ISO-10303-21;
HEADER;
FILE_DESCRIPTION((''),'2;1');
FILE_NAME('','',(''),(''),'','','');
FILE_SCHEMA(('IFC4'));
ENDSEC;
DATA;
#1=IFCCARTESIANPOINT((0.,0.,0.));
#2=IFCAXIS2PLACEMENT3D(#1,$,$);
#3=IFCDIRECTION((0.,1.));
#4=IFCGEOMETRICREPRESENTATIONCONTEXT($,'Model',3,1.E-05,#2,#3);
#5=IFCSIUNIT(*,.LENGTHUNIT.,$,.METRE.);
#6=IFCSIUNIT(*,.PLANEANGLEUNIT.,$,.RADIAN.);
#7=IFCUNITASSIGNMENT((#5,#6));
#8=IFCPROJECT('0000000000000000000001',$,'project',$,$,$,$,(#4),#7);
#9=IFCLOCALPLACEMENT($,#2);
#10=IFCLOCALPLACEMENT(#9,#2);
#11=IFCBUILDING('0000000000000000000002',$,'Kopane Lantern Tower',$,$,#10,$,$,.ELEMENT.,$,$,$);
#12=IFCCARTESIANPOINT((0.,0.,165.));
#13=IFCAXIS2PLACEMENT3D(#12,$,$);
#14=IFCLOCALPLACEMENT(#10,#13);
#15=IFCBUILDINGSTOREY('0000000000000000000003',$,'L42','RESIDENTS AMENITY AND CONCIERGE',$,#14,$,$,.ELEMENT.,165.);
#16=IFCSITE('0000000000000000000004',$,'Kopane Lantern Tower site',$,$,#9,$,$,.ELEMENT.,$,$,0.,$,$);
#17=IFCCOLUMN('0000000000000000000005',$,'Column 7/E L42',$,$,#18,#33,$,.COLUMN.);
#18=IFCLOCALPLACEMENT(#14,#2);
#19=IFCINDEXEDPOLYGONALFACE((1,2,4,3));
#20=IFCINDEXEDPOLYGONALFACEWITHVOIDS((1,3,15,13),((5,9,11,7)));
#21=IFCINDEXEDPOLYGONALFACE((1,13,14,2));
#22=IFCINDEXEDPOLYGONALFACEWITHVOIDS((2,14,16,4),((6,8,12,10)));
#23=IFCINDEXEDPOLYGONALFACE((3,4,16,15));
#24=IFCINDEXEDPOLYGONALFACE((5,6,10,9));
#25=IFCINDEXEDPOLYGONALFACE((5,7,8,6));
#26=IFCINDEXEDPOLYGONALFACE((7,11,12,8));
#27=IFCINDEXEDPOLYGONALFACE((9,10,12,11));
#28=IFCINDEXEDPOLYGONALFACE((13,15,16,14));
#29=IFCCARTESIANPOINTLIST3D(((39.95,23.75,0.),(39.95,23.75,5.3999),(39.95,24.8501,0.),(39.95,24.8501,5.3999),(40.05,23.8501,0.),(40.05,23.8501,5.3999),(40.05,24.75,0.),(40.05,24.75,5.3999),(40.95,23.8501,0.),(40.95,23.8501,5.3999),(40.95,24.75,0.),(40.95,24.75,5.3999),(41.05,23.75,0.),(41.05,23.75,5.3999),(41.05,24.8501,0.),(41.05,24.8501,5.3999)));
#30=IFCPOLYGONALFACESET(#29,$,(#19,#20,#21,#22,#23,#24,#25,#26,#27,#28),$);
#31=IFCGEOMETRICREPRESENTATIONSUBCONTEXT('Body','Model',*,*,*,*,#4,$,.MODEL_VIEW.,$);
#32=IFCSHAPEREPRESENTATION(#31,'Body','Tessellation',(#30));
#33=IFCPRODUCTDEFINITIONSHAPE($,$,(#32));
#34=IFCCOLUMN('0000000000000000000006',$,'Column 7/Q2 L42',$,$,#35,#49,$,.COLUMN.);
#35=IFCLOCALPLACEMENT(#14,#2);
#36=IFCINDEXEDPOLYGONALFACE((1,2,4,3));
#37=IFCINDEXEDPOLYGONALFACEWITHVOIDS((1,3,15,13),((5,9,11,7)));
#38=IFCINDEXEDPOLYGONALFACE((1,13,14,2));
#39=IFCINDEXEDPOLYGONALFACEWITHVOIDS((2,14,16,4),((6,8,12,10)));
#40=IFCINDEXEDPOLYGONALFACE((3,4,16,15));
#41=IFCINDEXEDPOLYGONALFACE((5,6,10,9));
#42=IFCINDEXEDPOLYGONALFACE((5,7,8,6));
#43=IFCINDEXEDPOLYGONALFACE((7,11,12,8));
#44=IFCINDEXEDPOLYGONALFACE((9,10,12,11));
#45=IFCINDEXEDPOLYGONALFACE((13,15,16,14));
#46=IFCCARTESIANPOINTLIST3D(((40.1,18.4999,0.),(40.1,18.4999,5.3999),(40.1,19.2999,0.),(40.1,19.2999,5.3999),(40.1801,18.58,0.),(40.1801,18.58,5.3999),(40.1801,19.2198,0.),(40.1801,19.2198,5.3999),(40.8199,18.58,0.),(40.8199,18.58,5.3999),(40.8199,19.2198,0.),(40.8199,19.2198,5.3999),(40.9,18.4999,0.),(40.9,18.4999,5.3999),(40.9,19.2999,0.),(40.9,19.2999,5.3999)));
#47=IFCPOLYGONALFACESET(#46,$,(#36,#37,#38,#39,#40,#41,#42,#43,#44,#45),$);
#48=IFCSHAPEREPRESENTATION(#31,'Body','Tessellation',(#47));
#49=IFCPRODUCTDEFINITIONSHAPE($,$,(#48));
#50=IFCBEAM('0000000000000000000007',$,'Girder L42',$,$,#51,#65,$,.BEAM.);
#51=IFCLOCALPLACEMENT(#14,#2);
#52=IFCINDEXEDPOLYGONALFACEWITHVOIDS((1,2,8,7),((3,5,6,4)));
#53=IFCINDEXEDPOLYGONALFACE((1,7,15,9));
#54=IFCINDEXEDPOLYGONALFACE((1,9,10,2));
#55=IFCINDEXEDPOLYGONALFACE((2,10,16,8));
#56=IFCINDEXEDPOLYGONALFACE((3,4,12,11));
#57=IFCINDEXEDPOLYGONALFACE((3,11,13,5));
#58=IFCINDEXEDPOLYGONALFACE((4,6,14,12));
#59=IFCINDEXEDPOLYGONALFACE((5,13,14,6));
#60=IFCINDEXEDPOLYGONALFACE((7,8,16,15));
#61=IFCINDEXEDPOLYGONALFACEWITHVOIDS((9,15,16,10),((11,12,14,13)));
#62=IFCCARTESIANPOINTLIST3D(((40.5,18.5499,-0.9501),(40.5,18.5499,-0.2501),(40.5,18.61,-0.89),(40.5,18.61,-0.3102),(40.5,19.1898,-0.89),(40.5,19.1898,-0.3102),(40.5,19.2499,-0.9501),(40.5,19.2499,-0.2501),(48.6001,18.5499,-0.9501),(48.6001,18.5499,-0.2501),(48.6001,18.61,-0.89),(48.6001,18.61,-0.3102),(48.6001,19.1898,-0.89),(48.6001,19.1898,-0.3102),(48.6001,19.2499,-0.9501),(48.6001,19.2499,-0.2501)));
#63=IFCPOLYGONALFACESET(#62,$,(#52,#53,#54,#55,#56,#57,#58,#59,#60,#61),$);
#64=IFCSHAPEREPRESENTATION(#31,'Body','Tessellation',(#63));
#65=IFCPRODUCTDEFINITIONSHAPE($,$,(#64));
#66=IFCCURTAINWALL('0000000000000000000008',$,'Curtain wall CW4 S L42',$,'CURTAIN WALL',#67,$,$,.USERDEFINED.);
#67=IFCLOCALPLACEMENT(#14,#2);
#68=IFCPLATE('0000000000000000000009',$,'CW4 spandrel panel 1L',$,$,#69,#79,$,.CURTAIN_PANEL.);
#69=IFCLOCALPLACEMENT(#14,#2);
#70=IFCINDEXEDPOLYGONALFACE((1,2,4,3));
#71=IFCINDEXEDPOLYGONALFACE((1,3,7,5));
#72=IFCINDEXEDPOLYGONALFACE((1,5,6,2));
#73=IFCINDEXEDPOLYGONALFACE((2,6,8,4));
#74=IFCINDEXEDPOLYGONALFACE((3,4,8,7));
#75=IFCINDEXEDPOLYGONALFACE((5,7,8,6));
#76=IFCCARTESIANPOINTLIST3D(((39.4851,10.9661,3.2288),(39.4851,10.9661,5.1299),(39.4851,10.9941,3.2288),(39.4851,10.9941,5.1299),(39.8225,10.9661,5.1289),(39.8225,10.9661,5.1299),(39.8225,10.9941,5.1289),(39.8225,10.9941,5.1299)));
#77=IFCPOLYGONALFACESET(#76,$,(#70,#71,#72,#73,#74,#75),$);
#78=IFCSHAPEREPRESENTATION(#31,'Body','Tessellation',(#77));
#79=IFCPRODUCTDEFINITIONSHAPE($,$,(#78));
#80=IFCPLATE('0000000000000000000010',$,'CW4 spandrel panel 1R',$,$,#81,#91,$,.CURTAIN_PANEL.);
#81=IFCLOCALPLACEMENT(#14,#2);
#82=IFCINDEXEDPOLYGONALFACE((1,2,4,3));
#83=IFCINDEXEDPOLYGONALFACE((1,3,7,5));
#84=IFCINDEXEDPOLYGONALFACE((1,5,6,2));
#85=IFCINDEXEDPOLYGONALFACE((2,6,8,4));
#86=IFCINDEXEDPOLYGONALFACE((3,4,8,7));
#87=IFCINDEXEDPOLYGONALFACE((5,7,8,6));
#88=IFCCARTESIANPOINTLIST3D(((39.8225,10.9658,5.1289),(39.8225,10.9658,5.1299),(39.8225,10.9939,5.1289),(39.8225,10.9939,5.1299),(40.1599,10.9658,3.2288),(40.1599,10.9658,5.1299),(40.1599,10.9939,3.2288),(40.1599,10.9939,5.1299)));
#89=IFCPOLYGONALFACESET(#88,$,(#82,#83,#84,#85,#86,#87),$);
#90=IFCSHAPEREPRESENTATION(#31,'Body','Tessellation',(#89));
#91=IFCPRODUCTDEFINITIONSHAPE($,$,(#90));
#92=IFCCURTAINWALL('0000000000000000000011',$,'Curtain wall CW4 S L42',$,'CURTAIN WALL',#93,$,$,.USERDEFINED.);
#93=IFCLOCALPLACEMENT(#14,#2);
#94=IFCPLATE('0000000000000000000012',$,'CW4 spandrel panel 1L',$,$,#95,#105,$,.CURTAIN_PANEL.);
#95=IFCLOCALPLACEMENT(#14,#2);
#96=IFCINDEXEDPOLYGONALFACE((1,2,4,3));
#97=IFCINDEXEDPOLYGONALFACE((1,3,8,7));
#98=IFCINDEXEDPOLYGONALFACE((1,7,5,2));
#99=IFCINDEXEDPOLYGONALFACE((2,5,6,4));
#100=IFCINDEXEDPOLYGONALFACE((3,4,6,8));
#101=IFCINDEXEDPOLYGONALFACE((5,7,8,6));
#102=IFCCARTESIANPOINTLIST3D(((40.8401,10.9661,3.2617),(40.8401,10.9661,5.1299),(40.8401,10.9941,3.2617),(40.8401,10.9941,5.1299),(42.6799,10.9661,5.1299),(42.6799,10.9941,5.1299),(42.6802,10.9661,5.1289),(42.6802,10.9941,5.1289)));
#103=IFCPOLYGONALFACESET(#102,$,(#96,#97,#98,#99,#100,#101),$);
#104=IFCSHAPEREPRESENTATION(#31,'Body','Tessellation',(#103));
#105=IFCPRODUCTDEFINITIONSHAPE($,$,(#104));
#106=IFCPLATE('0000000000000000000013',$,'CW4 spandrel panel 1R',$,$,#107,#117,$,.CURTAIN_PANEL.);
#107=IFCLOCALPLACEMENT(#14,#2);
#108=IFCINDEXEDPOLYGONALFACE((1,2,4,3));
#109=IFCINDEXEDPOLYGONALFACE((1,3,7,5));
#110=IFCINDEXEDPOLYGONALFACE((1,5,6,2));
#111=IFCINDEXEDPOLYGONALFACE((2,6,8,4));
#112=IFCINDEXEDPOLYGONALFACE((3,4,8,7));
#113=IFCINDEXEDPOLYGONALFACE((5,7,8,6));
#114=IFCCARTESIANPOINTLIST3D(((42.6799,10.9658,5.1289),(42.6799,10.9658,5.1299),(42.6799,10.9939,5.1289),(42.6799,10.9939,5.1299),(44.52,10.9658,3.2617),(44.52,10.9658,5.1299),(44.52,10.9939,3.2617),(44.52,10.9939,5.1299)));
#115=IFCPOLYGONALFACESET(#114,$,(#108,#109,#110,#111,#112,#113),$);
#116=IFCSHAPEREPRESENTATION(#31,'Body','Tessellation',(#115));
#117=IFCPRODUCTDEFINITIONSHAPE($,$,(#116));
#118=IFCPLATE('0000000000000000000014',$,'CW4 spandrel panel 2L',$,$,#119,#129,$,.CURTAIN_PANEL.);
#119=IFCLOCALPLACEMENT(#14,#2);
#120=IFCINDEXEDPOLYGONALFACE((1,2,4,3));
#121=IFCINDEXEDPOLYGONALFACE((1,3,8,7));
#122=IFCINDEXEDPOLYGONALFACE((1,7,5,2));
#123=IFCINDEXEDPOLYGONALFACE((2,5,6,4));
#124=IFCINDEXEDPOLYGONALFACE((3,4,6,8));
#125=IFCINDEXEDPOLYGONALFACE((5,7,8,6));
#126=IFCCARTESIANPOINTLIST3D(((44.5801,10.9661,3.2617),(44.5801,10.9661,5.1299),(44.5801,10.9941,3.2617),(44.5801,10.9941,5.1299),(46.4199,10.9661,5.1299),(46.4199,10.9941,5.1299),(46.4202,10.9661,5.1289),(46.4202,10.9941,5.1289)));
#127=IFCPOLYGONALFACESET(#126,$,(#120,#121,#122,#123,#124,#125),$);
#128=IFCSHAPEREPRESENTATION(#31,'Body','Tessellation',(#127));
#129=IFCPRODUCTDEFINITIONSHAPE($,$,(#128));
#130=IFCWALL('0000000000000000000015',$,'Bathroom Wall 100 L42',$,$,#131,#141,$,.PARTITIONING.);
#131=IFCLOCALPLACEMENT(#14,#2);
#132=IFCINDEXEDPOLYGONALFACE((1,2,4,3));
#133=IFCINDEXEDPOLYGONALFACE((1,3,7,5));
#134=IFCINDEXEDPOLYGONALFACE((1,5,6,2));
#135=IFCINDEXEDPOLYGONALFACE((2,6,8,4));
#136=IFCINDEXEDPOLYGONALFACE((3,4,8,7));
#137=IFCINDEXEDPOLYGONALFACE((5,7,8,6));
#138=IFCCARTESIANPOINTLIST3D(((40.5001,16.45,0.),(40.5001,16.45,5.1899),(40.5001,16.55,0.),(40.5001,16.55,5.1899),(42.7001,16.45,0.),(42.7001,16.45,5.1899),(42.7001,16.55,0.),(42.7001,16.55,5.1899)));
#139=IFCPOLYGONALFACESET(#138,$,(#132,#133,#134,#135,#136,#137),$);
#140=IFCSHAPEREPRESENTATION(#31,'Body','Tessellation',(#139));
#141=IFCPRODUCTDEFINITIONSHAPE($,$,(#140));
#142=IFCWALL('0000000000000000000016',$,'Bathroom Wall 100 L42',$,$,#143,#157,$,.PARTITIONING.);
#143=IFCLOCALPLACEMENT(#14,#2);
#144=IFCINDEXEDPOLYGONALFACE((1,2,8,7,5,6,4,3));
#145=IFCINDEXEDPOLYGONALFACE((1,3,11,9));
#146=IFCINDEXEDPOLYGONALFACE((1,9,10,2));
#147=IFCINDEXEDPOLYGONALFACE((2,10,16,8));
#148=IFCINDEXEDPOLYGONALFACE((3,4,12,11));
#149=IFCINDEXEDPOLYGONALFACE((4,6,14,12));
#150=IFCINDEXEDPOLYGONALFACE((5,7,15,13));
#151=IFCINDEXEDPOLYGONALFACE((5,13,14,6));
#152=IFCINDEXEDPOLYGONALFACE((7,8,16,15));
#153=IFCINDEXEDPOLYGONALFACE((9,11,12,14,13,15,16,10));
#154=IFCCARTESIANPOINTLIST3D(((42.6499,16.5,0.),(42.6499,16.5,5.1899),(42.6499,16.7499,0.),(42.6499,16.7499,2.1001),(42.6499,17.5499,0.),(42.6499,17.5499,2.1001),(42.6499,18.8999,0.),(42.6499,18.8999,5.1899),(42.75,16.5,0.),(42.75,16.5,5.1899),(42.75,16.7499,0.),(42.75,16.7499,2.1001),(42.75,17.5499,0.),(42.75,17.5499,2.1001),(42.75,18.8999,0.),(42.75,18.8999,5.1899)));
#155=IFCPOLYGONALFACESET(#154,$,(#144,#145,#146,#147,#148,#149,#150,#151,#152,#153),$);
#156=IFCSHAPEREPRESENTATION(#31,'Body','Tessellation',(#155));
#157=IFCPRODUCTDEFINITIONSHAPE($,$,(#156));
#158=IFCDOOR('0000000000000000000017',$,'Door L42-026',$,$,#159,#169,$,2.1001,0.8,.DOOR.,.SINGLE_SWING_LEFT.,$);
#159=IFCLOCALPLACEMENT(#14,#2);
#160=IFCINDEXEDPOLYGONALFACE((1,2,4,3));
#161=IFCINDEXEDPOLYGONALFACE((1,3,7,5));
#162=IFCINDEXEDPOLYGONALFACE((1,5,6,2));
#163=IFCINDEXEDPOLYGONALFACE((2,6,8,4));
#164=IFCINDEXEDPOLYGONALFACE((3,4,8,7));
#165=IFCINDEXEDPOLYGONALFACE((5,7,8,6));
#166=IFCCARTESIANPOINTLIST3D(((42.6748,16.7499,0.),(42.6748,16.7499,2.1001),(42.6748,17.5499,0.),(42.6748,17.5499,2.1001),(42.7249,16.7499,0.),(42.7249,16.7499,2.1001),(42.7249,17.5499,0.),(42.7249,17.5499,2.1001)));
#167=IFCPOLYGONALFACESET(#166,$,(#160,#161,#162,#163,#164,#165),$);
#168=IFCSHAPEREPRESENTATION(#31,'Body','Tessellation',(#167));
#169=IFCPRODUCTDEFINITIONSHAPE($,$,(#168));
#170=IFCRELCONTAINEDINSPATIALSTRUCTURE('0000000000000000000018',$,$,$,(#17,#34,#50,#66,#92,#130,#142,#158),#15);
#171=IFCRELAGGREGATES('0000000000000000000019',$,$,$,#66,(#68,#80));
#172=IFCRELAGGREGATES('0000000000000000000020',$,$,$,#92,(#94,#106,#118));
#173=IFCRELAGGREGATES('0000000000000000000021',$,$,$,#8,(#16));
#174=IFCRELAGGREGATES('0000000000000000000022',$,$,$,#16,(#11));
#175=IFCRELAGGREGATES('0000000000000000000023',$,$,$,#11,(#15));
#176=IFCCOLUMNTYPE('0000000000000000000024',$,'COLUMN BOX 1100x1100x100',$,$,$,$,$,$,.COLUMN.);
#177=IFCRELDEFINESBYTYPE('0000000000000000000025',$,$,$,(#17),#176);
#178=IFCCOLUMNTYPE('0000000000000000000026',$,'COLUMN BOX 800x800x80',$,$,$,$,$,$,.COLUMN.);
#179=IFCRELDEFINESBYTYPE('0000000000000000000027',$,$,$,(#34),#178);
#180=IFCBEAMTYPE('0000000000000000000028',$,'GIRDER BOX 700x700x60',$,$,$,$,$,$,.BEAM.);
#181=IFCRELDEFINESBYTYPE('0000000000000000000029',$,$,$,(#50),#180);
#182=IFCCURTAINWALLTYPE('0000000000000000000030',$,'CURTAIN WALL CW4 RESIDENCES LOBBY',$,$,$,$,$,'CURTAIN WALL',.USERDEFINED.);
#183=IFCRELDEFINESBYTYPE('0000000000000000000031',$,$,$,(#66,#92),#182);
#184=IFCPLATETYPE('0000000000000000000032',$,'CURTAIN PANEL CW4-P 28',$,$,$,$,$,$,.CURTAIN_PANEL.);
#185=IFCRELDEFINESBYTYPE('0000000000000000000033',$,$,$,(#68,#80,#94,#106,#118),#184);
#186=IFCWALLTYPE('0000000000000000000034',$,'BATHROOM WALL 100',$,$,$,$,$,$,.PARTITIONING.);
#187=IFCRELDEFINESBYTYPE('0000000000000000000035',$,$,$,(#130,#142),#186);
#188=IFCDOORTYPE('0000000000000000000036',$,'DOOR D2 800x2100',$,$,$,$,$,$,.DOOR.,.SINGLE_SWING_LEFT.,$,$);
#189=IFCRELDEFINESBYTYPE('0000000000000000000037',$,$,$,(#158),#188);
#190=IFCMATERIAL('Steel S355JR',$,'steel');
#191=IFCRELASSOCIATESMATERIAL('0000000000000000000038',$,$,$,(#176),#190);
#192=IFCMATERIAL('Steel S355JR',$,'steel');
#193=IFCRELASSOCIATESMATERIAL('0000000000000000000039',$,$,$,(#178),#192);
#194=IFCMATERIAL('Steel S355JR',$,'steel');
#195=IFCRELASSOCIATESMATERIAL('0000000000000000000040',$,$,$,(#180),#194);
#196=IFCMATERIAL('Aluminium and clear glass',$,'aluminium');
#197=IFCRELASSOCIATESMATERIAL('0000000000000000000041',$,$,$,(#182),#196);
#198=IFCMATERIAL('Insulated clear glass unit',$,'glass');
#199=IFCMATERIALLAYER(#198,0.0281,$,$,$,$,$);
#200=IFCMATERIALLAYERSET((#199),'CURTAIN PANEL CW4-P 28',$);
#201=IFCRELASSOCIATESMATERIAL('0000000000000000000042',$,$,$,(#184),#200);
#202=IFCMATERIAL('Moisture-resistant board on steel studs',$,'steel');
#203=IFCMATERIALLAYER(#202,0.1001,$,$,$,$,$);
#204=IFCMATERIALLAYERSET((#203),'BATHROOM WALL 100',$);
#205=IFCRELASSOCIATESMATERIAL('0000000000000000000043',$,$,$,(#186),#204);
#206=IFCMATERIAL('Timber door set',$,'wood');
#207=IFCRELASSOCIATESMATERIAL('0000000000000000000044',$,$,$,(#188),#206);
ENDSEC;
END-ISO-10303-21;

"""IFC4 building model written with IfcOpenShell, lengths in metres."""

from ifc_helpers import new_model, si_unit, direction, frame, frame_2d, origin, origin_2d, place, context, subcontext, project, spatial, polyline, rectangle, hollow_rectangle, outline, extrude, material, layer, layer_set, material_profile, profile_set, type_object, element, fill, aggregate, save


model = new_model("IFC4")

# Units and contexts
model_context = context("Model", 3, precision=1e-05, world=origin(), true_north=direction((0.0, 1.0)))
body_context = subcontext(model_context, "Body", "Model", "MODEL_VIEW")
ifc_project = project(units=[si_unit("LENGTHUNIT", "METRE"), si_unit("PLANEANGLEUNIT", "RADIAN")], contexts=[model_context])

# Site, building, storey
site_placement = place(None, origin())
site = spatial("IfcSite", under=ifc_project, at=site_placement, Name="Kopane Lantern Tower site", CompositionType="ELEMENT", RefElevation=0.0)
building_placement = place(site_placement, origin())
building = spatial("IfcBuilding", under=site, at=building_placement, Name="Kopane Lantern Tower", CompositionType="ELEMENT")
storey_placement = place(building_placement, frame((0.0, 0.0, 165.0)))
storey = spatial("IfcBuildingStorey", under=building, at=storey_placement, Name="L42", Description="RESIDENTS AMENITY AND CONCIERGE", CompositionType="ELEMENT", Elevation=165.0)

# Columns
ifc_material_1 = material(Name="Steel S355JR", Category="steel")
ifc_material_profile_1 = material_profile(ifc_material_1, hollow_rectangle(XDim=1.1001, YDim=1.1001, WallThickness=0.1001, at=origin_2d()), Name="BOX 1100x1100x100")
ifc_profile_set_1 = profile_set([ifc_material_profile_1], Name="Steel S355JR")
column_type_1 = type_object("IfcColumnType", Name="COLUMN BOX 1100x1100x100", PredefinedType="COLUMN", material=ifc_profile_set_1)
column_1_placement = place(storey_placement, frame((40.5, 24.3, 0.0), z_axis=(0.0, 0.0, 1.0), x_axis=(1.0, 0.0, 0.0)))
element("IfcColumn", 1, at=column_1_placement, inside=storey, type_object=column_type_1, Name="Column 7/E L42", PredefinedType="COLUMN", context=body_context, shape_type="SweptSolid", body=[
    extrude(hollow_rectangle(XDim=1.1001, YDim=1.1001, WallThickness=0.1001, at=origin_2d()), origin(), (0.0, 0.0, 1.0), 5.3999),
])
ifc_material_2 = material(Name="Steel S355JR", Category="steel")
ifc_material_profile_2 = material_profile(ifc_material_2, hollow_rectangle(XDim=0.8, YDim=0.8, WallThickness=0.0801, at=origin_2d()), Name="BOX 800x800x80")
ifc_profile_set_2 = profile_set([ifc_material_profile_2], Name="Steel S355JR")
column_type_2 = type_object("IfcColumnType", Name="COLUMN BOX 800x800x80", PredefinedType="COLUMN", material=ifc_profile_set_2)
column_2_placement = place(storey_placement, frame((40.5, 18.8999, 0.0), z_axis=(0.0, 0.0, 1.0), x_axis=(1.0, 0.0, 0.0)))
element("IfcColumn", 2, at=column_2_placement, inside=storey, type_object=column_type_2, Name="Column 7/Q2 L42", PredefinedType="COLUMN", context=body_context, shape_type="SweptSolid", body=[
    extrude(hollow_rectangle(XDim=0.8, YDim=0.8, WallThickness=0.0801, at=origin_2d()), origin(), (0.0, 0.0, 1.0), 5.3999),
])

# Beam
ifc_material_3 = material(Name="Steel S355JR", Category="steel")
ifc_material_profile_3 = material_profile(ifc_material_3, hollow_rectangle(XDim=0.7, YDim=0.7, WallThickness=0.0601, at=origin_2d()), Name="BOX 700x700x60")
ifc_profile_set_3 = profile_set([ifc_material_profile_3], Name="Steel S355JR")
beam_type = type_object("IfcBeamType", Name="GIRDER BOX 700x700x60", PredefinedType="BEAM", material=ifc_profile_set_3)
beam_placement = place(storey_placement, frame((40.5, 18.8999, -0.6001), z_axis=(1.0, 0.0, 0.0), x_axis=(0.0, 1.0, 0.0)))
element("IfcBeam", 3, at=beam_placement, inside=storey, type_object=beam_type, Name="Girder L42", PredefinedType="BEAM", context=body_context, shape_type="SweptSolid", body=[
    extrude(hollow_rectangle(XDim=0.7, YDim=0.7, WallThickness=0.0601, at=origin_2d()), origin(), (0.0, 0.0, 1.0), 8.1001),
])

# Curtain walls, plates
ifc_material_4 = material(Name="Aluminium and clear glass", Category="aluminium")
curtain_wall_type = type_object("IfcCurtainWallType", Name="CURTAIN WALL CW4 RESIDENCES LOBBY", ElementType="CURTAIN WALL", PredefinedType="USERDEFINED", material=ifc_material_4)
curtain_wall_1_placement = place(storey_placement, origin())
curtain_wall_1 = element("IfcCurtainWall", 4, at=curtain_wall_1_placement, inside=storey, type_object=curtain_wall_type, Name="Curtain wall CW4 S L42", ObjectType="CURTAIN WALL", PredefinedType="USERDEFINED")
ifc_material_5 = material(Name="Insulated clear glass unit", Category="glass")
ifc_layer_1 = layer(ifc_material_5, 0.0281)
ifc_layer_set_1 = layer_set([ifc_layer_1], Name="CURTAIN PANEL CW4-P 28")
plate_type = type_object("IfcPlateType", Name="CURTAIN PANEL CW4-P 28", PredefinedType="CURTAIN_PANEL", material=ifc_layer_set_1)
plate_1_placement = place(storey_placement, frame((39.4851, 10.98, 5.1299), z_axis=(0.0, 0.0, 1.0), x_axis=(1.0, 0.0, 0.0)))
plate_1 = element("IfcPlate", 5, at=plate_1_placement, type_object=plate_type, Name="CW4 spandrel panel 1L", PredefinedType="CURTAIN_PANEL", context=body_context, shape_type="SweptSolid", body=[
    extrude(outline(polyline([(0.0, 0.0), (0.3374, 0.0), (0.3374, -0.001), (0.0, -1.9011), (0.0, 0.0)])), frame((0.0, 0.0142, 0.0), z_axis=(0.0, -1.0, 0.0), x_axis=(1.0, 0.0, 0.0)), (0.0, 0.0, 1.0), 0.0281),
])
plate_2_placement = place(storey_placement, frame((40.1599, 10.98, 5.1299), z_axis=(0.0, 0.0, 1.0), x_axis=(-1.0, 0.0, 0.0)))
plate_2 = element("IfcPlate", 6, at=plate_2_placement, type_object=plate_type, Name="CW4 spandrel panel 1R", PredefinedType="CURTAIN_PANEL", context=body_context, shape_type="SweptSolid", body=[
    extrude(outline(polyline([(0.0, 0.0), (0.3374, 0.0), (0.3374, -0.001), (0.0, -1.9011), (0.0, 0.0)])), frame((0.0, 0.0142, 0.0), z_axis=(0.0, -1.0, 0.0), x_axis=(1.0, 0.0, 0.0)), (0.0, 0.0, 1.0), 0.0281),
])
aggregate(curtain_wall_1, [plate_1, plate_2])
curtain_wall_2_placement = place(storey_placement, origin())
curtain_wall_2 = element("IfcCurtainWall", 7, at=curtain_wall_2_placement, inside=storey, type_object=curtain_wall_type, Name="Curtain wall CW4 S L42", ObjectType="CURTAIN WALL", PredefinedType="USERDEFINED")
plate_3_placement = place(storey_placement, frame((40.8401, 10.98, 5.1299), z_axis=(0.0, 0.0, 1.0), x_axis=(1.0, 0.0, 0.0)))
plate_3 = element("IfcPlate", 8, at=plate_3_placement, type_object=plate_type, Name="CW4 spandrel panel 1L", PredefinedType="CURTAIN_PANEL", context=body_context, shape_type="SweptSolid", body=[
    extrude(outline(polyline([(0.0, 0.0), (1.8398, 0.0), (1.8401, -0.001), (0.0, -1.8682), (0.0, 0.0)])), frame((0.0, 0.0142, 0.0), z_axis=(0.0, -1.0, 0.0), x_axis=(1.0, 0.0, 0.0)), (0.0, 0.0, 1.0), 0.0281),
])
plate_4_placement = place(storey_placement, frame((44.52, 10.98, 5.1299), z_axis=(0.0, 0.0, 1.0), x_axis=(-1.0, 0.0, 0.0)))
plate_4 = element("IfcPlate", 9, at=plate_4_placement, type_object=plate_type, Name="CW4 spandrel panel 1R", PredefinedType="CURTAIN_PANEL", context=body_context, shape_type="SweptSolid", body=[
    extrude(outline(polyline([(0.0, 0.0), (1.8401, 0.0), (1.8401, -0.001), (0.0, -1.8682), (0.0, 0.0)])), frame((0.0, 0.0142, 0.0), z_axis=(0.0, -1.0, 0.0), x_axis=(1.0, 0.0, 0.0)), (0.0, 0.0, 1.0), 0.0281),
])
plate_5_placement = place(storey_placement, frame((44.5801, 10.98, 5.1299), z_axis=(0.0, 0.0, 1.0), x_axis=(1.0, 0.0, 0.0)))
plate_5 = element("IfcPlate", 10, at=plate_5_placement, type_object=plate_type, Name="CW4 spandrel panel 2L", PredefinedType="CURTAIN_PANEL", context=body_context, shape_type="SweptSolid", body=[
    extrude(outline(polyline([(0.0, 0.0), (1.8398, 0.0), (1.8401, -0.001), (0.0, -1.8682), (0.0, 0.0)])), frame((0.0, 0.0142, 0.0), z_axis=(0.0, -1.0, 0.0), x_axis=(1.0, 0.0, 0.0)), (0.0, 0.0, 1.0), 0.0281),
])
aggregate(curtain_wall_2, [plate_3, plate_4, plate_5])

# Wall
ifc_material_6 = material(Name="Moisture-resistant board on steel studs", Category="steel")
ifc_layer_2 = layer(ifc_material_6, 0.1001)
ifc_layer_set_2 = layer_set([ifc_layer_2], Name="BATHROOM WALL 100")
wall_type_1 = type_object("IfcWallType", Name="BATHROOM WALL 100", PredefinedType="PARTITIONING", material=ifc_layer_set_2)
wall_1_placement = place(storey_placement, frame((40.5, 16.5, 0.0), z_axis=(0.0, 0.0, 1.0), x_axis=(1.0, 0.0, 0.0)))
element("IfcWall", 11, at=wall_1_placement, inside=storey, type_object=wall_type_1, Name="Bathroom Wall 100 L42", PredefinedType="PARTITIONING", context=body_context, shape_type="SweptSolid", body=[
    extrude(rectangle(XDim=2.2, YDim=0.1001, at=frame_2d((1.1001, 0.0))), origin(), (0.0, 0.0, 1.0), 5.1899),
])

# Wall, opening, door
wall_2_placement = place(storey_placement, frame((42.7, 18.8999, 0.0), z_axis=(0.0, 0.0, 1.0), x_axis=(0.0, -1.0, 0.0)))
wall_2 = element("IfcWall", 12, at=wall_2_placement, inside=storey, type_object=wall_type_1, Name="Bathroom Wall 100 L42", PredefinedType="PARTITIONING", context=body_context, shape_type="SweptSolid", body=[
    extrude(rectangle(XDim=2.3999, YDim=0.1001, at=frame_2d((1.2, 0.0))), origin(), (0.0, 0.0, 1.0), 5.1899),
])
opening_1_placement = place(wall_2_placement, frame((1.3501, 0.0, 0.0)))
opening_1 = element("IfcOpeningElement", 13, at=opening_1_placement, cuts=wall_2, PredefinedType="OPENING", context=body_context, shape_type="SweptSolid", body=[
    extrude(rectangle(XDim=0.8, YDim=2.1001, at=frame_2d((0.3999, 1.05))), frame((0.0, 0.0601, 0.0), z_axis=(0.0, -1.0, 0.0), x_axis=(1.0, 0.0, 0.0)), (0.0, 0.0, 1.0), 0.1201),
])
ifc_material_7 = material(Name="Timber door set", Category="wood")
door_type_1 = type_object("IfcDoorType", Name="DOOR D2 800x2100", OperationType="SINGLE_SWING_LEFT", PredefinedType="DOOR", material=ifc_material_7)
door_1_placement = place(opening_1_placement, origin())
door_1 = element("IfcDoor", 14, at=door_1_placement, inside=storey, type_object=door_type_1, Name="Door L42-026", OperationType="SINGLE_SWING_LEFT", OverallHeight=2.1001, OverallWidth=0.8, PredefinedType="DOOR", context=body_context, shape_type="SweptSolid", body=[
    extrude(rectangle(XDim=0.8, YDim=2.1001, at=frame_2d((0.3999, 1.05))), frame((0.0, 0.0249, 0.0), z_axis=(0.0, -1.0, 0.0), x_axis=(1.0, 0.0, 0.0)), (0.0, 0.0, 1.0), 0.05),
])
fill(opening_1, door_1)

save(model, "model.ifc")
